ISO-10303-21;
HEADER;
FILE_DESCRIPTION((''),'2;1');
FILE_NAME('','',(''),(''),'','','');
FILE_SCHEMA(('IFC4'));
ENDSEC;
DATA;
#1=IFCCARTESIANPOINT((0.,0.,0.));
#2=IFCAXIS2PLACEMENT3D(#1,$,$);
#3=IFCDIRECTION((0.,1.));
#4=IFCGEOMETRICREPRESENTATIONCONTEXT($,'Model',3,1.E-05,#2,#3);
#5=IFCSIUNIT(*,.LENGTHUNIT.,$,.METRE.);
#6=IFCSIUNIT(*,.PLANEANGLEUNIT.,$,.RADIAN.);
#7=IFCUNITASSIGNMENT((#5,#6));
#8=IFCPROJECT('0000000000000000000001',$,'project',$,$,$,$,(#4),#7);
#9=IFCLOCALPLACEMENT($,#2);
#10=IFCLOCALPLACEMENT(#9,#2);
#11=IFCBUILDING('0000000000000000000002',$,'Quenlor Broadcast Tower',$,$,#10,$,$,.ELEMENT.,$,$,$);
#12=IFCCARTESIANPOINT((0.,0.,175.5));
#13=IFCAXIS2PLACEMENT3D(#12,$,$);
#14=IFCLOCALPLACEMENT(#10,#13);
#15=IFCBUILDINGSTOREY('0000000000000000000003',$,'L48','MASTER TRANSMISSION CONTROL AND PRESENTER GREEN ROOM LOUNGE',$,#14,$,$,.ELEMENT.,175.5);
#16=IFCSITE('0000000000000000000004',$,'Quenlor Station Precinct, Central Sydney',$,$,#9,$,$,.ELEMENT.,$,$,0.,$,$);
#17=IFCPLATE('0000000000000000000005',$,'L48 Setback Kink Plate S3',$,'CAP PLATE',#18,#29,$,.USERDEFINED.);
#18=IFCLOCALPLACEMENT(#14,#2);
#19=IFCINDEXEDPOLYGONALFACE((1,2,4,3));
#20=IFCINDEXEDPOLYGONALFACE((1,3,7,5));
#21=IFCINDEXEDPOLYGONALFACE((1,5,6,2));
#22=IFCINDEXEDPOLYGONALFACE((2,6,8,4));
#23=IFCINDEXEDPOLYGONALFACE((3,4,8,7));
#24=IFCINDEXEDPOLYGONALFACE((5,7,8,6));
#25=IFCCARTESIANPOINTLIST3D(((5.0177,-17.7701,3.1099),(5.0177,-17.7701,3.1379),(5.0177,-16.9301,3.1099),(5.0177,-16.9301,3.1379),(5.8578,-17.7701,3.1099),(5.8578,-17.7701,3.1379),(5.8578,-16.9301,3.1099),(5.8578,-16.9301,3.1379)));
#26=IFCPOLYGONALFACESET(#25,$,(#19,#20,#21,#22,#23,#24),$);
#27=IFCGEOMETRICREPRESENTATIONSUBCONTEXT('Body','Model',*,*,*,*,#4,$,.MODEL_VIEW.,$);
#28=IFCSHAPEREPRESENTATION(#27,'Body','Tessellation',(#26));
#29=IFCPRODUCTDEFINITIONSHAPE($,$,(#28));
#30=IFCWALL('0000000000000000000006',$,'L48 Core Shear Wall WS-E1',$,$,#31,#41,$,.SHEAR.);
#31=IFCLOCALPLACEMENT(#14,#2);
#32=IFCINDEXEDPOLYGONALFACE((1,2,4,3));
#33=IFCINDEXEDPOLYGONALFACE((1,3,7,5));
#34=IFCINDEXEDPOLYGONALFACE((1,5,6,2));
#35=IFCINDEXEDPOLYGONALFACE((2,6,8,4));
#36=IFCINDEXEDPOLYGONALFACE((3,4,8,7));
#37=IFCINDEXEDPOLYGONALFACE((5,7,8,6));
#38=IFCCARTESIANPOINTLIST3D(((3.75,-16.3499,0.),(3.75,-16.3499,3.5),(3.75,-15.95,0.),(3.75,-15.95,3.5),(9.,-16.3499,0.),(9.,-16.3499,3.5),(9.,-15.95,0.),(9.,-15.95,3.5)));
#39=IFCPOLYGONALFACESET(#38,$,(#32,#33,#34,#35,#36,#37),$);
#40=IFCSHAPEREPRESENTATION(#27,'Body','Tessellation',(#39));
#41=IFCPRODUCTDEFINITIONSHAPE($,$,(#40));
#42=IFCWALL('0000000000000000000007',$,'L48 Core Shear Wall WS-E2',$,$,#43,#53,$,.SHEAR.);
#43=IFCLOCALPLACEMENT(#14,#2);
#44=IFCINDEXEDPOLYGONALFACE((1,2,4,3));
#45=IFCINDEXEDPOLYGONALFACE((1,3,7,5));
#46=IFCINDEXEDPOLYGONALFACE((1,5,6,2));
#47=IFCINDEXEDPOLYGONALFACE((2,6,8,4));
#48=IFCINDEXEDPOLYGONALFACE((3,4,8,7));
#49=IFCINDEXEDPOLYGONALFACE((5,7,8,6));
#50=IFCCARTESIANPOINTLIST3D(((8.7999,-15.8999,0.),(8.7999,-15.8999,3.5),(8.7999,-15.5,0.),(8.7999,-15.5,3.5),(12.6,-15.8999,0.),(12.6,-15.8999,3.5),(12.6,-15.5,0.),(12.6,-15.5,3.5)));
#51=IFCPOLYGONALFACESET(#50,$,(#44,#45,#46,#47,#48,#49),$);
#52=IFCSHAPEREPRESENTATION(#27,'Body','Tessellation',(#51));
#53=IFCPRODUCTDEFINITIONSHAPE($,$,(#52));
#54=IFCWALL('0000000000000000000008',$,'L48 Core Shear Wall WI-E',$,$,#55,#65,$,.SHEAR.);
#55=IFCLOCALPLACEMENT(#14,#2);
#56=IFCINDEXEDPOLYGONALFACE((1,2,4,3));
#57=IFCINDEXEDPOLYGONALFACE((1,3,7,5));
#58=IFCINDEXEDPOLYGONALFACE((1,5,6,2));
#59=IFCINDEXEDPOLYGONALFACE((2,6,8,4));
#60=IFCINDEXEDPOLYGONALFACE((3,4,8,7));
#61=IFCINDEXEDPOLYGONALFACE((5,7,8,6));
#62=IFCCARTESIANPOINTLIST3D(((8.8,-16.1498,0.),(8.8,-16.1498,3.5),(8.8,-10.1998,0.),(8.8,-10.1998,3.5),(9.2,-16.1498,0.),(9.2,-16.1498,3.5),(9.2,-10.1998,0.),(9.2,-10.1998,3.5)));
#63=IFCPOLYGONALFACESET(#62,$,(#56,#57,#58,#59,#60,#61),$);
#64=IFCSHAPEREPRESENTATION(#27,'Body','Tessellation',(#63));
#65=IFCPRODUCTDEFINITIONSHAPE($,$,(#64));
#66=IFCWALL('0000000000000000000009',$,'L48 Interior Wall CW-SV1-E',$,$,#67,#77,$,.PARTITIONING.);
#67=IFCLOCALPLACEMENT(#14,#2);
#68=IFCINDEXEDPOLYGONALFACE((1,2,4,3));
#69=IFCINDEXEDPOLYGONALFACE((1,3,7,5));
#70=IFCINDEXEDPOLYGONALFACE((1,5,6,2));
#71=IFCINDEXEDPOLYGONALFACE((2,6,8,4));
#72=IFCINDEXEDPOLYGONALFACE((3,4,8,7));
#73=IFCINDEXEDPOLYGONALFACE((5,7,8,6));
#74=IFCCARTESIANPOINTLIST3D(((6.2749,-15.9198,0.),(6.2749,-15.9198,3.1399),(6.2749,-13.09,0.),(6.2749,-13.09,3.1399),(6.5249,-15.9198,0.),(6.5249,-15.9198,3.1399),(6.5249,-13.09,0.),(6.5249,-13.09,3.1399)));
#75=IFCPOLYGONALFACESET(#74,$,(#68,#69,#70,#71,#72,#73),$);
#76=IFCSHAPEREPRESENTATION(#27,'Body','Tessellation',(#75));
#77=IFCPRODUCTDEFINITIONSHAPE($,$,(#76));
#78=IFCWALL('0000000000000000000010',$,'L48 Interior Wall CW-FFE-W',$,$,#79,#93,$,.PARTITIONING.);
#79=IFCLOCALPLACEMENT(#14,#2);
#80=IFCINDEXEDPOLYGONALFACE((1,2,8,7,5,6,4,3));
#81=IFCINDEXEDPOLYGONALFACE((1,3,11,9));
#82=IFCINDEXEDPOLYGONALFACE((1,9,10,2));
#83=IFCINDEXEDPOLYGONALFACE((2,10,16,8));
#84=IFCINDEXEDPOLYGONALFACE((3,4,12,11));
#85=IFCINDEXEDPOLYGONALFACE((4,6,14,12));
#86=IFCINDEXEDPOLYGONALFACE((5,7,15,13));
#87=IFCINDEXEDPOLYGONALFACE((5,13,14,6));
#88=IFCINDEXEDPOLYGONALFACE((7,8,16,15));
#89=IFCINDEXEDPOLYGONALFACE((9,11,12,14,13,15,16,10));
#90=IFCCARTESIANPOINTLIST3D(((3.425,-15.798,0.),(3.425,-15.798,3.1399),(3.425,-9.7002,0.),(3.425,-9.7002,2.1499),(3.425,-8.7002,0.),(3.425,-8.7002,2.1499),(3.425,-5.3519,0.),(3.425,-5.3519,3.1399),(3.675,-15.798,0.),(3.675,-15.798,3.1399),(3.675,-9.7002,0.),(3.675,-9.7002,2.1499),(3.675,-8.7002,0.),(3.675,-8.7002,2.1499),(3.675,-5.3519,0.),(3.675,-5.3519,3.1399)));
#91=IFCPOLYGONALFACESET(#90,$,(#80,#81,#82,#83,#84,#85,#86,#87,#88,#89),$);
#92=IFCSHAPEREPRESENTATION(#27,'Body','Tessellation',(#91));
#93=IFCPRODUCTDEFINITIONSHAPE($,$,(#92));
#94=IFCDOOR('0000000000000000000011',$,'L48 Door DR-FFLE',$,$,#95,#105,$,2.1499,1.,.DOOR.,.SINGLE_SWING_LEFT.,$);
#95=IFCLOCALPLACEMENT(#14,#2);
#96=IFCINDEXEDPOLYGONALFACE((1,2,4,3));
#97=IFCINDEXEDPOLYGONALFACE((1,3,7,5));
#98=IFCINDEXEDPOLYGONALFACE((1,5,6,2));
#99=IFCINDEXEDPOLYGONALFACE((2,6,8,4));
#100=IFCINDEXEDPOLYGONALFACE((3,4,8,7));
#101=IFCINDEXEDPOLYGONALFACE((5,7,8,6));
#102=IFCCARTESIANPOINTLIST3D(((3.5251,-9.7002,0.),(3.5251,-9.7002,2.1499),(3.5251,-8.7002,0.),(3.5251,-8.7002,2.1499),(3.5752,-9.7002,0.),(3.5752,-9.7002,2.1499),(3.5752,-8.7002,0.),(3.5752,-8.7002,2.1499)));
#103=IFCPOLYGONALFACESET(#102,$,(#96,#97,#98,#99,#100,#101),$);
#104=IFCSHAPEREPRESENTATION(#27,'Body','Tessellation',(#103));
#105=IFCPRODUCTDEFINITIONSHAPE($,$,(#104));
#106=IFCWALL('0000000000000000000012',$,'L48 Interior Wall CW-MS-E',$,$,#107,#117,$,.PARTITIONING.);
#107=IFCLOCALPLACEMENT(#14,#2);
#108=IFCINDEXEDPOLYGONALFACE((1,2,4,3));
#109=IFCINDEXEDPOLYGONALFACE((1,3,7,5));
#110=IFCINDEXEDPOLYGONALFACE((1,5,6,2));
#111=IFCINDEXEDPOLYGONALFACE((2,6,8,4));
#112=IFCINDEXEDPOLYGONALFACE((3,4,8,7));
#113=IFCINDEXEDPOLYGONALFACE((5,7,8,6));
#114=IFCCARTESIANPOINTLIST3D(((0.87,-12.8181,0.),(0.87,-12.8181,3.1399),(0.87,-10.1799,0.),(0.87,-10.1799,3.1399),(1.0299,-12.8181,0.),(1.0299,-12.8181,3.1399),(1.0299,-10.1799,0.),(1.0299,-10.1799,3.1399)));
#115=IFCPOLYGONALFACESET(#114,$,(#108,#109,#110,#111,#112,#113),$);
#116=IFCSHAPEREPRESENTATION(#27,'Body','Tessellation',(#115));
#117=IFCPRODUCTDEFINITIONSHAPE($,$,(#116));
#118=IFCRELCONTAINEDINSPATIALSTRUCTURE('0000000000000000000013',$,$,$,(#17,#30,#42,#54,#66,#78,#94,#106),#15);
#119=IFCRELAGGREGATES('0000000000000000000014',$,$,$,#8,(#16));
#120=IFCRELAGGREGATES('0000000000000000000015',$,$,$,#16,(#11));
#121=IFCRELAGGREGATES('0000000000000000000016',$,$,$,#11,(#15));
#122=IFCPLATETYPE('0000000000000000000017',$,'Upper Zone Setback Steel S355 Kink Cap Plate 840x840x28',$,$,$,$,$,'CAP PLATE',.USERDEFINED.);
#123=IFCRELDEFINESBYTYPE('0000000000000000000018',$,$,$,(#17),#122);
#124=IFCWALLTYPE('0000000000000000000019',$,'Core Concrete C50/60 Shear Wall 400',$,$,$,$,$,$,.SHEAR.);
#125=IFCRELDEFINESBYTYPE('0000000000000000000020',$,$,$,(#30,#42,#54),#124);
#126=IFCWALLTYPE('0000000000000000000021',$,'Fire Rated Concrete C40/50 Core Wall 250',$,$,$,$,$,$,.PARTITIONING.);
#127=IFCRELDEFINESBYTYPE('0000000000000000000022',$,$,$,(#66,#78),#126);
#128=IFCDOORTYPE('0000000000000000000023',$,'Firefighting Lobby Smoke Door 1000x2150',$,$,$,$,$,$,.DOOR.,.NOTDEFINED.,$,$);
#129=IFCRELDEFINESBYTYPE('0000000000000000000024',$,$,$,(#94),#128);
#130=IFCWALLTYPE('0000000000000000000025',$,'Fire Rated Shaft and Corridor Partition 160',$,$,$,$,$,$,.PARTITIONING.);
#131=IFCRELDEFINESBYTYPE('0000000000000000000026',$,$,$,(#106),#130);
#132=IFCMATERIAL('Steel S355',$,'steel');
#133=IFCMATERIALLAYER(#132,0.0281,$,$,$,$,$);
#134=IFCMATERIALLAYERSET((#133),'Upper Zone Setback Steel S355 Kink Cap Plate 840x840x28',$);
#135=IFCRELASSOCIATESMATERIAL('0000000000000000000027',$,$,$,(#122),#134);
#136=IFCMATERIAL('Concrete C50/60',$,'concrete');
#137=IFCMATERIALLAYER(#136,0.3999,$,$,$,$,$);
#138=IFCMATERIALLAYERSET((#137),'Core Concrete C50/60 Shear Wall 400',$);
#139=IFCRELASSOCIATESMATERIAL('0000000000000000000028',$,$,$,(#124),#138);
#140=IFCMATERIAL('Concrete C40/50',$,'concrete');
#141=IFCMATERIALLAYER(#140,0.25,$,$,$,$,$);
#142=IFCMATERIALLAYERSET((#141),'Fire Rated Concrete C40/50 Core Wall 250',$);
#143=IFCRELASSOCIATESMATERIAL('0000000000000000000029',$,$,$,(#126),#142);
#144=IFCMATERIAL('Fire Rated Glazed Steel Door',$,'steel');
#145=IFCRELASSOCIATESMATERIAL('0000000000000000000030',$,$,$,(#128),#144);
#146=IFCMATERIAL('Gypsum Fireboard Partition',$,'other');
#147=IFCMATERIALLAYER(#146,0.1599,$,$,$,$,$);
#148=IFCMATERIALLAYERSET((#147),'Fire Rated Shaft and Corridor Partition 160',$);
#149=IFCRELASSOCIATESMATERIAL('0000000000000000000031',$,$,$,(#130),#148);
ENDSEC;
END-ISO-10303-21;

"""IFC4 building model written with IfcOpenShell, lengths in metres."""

from ifc_helpers import new_model, si_unit, direction, frame, frame_2d, origin, origin_2d, place, context, subcontext, project, spatial, rectangle, extrude, material, layer, layer_set, type_object, element, fill, save


model = new_model("IFC4")

# Units and contexts
model_context = context("Model", 3, precision=1e-05, world=origin(), true_north=direction((0.0, 1.0)))
body_context = subcontext(model_context, "Body", "Model", "MODEL_VIEW")
ifc_project = project(units=[si_unit("LENGTHUNIT", "METRE"), si_unit("PLANEANGLEUNIT", "RADIAN")], contexts=[model_context])

# Site, building, storey
site_placement = place(None, origin())
site = spatial("IfcSite", under=ifc_project, at=site_placement, Name="Quenlor Station Precinct, Central Sydney", CompositionType="ELEMENT", RefElevation=0.0)
building_placement = place(site_placement, origin())
building = spatial("IfcBuilding", under=site, at=building_placement, Name="Quenlor Broadcast Tower", CompositionType="ELEMENT")
storey_placement = place(building_placement, frame((0.0, 0.0, 175.5)))
storey = spatial("IfcBuildingStorey", under=building, at=storey_placement, Name="L48", Description="MASTER TRANSMISSION CONTROL AND PRESENTER GREEN ROOM LOUNGE", CompositionType="ELEMENT", Elevation=175.5)

# Plate
ifc_material_1 = material(Name="Steel S355", Category="steel")
ifc_layer_1 = layer(ifc_material_1, 0.0281)
ifc_layer_set_1 = layer_set([ifc_layer_1], Name="Upper Zone Setback Steel S355 Kink Cap Plate 840x840x28")
plate_type = type_object("IfcPlateType", Name="Upper Zone Setback Steel S355 Kink Cap Plate 840x840x28", ElementType="CAP PLATE", PredefinedType="USERDEFINED", material=ifc_layer_set_1)
plate_placement = place(storey_placement, frame((5.4377, -17.3501, 3.1099), z_axis=(0.0, 0.0, 1.0), x_axis=(0.0, 1.0, 0.0)))
element("IfcPlate", 1, at=plate_placement, inside=storey, type_object=plate_type, Name="L48 Setback Kink Plate S3", ObjectType="CAP PLATE", PredefinedType="USERDEFINED", context=body_context, shape_type="SweptSolid", body=[
    extrude(rectangle(XDim=0.8401, YDim=0.8401, at=origin_2d()), origin(), (0.0, 0.0, 1.0), 0.0281),
])

# Walls
ifc_material_2 = material(Name="Concrete C50/60", Category="concrete")
ifc_layer_2 = layer(ifc_material_2, 0.3999)
ifc_layer_set_2 = layer_set([ifc_layer_2], Name="Core Concrete C50/60 Shear Wall 400")
wall_type_1 = type_object("IfcWallType", Name="Core Concrete C50/60 Shear Wall 400", PredefinedType="SHEAR", material=ifc_layer_set_2)
wall_1_placement = place(storey_placement, frame((3.75, -16.1499, 0.0), z_axis=(0.0, 0.0, 1.0), x_axis=(1.0, 0.0, 0.0)))
element("IfcWall", 2, at=wall_1_placement, inside=storey, type_object=wall_type_1, Name="L48 Core Shear Wall WS-E1", PredefinedType="SHEAR", context=body_context, shape_type="SweptSolid", body=[
    extrude(rectangle(XDim=5.25, YDim=0.3999, at=frame_2d((2.625, 0.0))), origin(), (0.0, 0.0, 1.0), 3.5),
])
wall_2_placement = place(storey_placement, frame((8.8, -15.7, 0.0), z_axis=(0.0, 0.0, 1.0), x_axis=(1.0, 0.0, 0.0)))
element("IfcWall", 3, at=wall_2_placement, inside=storey, type_object=wall_type_1, Name="L48 Core Shear Wall WS-E2", PredefinedType="SHEAR", context=body_context, shape_type="SweptSolid", body=[
    extrude(rectangle(XDim=3.8, YDim=0.3999, at=frame_2d((1.8999, 0.0))), origin(), (0.0, 0.0, 1.0), 3.5),
])
wall_3_placement = place(storey_placement, frame((9.0, -16.1499, 0.0), z_axis=(0.0, 0.0, 1.0), x_axis=(0.0, 1.0, 0.0)))
element("IfcWall", 4, at=wall_3_placement, inside=storey, type_object=wall_type_1, Name="L48 Core Shear Wall WI-E", PredefinedType="SHEAR", context=body_context, shape_type="SweptSolid", body=[
    extrude(rectangle(XDim=5.95, YDim=0.3999, at=frame_2d((2.9751, 0.0))), origin(), (0.0, 0.0, 1.0), 3.5),
])

# Shared definitions
ifc_material_3 = material(Name="Concrete C40/50", Category="concrete")
ifc_layer_3 = layer(ifc_material_3, 0.25)
ifc_layer_set_3 = layer_set([ifc_layer_3], Name="Fire Rated Concrete C40/50 Core Wall 250")
wall_type_2 = type_object("IfcWallType", Name="Fire Rated Concrete C40/50 Core Wall 250", PredefinedType="PARTITIONING", material=ifc_layer_set_3)

# Wall
wall_4_placement = place(storey_placement, frame((6.3999, -15.9199, 0.0), z_axis=(0.0, 0.0, 1.0), x_axis=(0.0, 1.0, 0.0)))
element("IfcWall", 5, at=wall_4_placement, inside=storey, type_object=wall_type_2, Name="L48 Interior Wall CW-SV1-E", PredefinedType="PARTITIONING", context=body_context, shape_type="SweptSolid", body=[
    extrude(rectangle(XDim=2.8298, YDim=0.25, at=frame_2d((1.415, 0.0))), origin(), (0.0, 0.0, 1.0), 3.1399),
])

# Wall, opening, door
wall_5_placement = place(storey_placement, frame((3.55, -15.7981, 0.0), z_axis=(0.0, 0.0, 1.0), x_axis=(0.0, 1.0, 0.0)))
wall_5 = element("IfcWall", 6, at=wall_5_placement, inside=storey, type_object=wall_type_2, Name="L48 Interior Wall CW-FFE-W", PredefinedType="PARTITIONING", context=body_context, shape_type="SweptSolid", body=[
    extrude(rectangle(XDim=10.446, YDim=0.25, at=frame_2d((5.2231, 0.0))), origin(), (0.0, 0.0, 1.0), 3.1399),
])
opening_1_placement = place(wall_5_placement, frame((6.0979, 0.0, 0.0)))
opening_1 = element("IfcOpeningElement", 7, at=opening_1_placement, cuts=wall_5, PredefinedType="OPENING", context=body_context, shape_type="SweptSolid", body=[
    extrude(rectangle(XDim=1.0, YDim=2.1499, at=frame_2d((0.5, 1.075))), frame((0.0, 0.135, 0.0), z_axis=(0.0, -1.0, 0.0), x_axis=(1.0, 0.0, 0.0)), (0.0, 0.0, 1.0), 0.27),
])
ifc_material_4 = material(Name="Fire Rated Glazed Steel Door", Category="steel")
door_type_1 = type_object("IfcDoorType", Name="Firefighting Lobby Smoke Door 1000x2150", OperationType="NOTDEFINED", PredefinedType="DOOR", material=ifc_material_4)
door_1_placement = place(opening_1_placement, origin())
door_1 = element("IfcDoor", 8, at=door_1_placement, inside=storey, type_object=door_type_1, Name="L48 Door DR-FFLE", OperationType="SINGLE_SWING_LEFT", OverallHeight=2.1499, OverallWidth=1.0, PredefinedType="DOOR", context=body_context, shape_type="SweptSolid", body=[
    extrude(rectangle(XDim=1.0, YDim=2.1499, at=frame_2d((0.5, 1.075))), frame((0.0, 0.0249, 0.0), z_axis=(0.0, -1.0, 0.0), x_axis=(1.0, 0.0, 0.0)), (0.0, 0.0, 1.0), 0.05),
])
fill(opening_1, door_1)

# Wall
ifc_material_5 = material(Name="Gypsum Fireboard Partition", Category="other")
ifc_layer_4 = layer(ifc_material_5, 0.1599)
ifc_layer_set_4 = layer_set([ifc_layer_4], Name="Fire Rated Shaft and Corridor Partition 160")
wall_type_3 = type_object("IfcWallType", Name="Fire Rated Shaft and Corridor Partition 160", PredefinedType="PARTITIONING", material=ifc_layer_set_4)
wall_6_placement = place(storey_placement, frame((0.95, -12.8181, 0.0), z_axis=(0.0, 0.0, 1.0), x_axis=(0.0, 1.0, 0.0)))
element("IfcWall", 9, at=wall_6_placement, inside=storey, type_object=wall_type_3, Name="L48 Interior Wall CW-MS-E", PredefinedType="PARTITIONING", context=body_context, shape_type="SweptSolid", body=[
    extrude(rectangle(XDim=2.6382, YDim=0.1599, at=frame_2d((1.3191, 0.0))), origin(), (0.0, 0.0, 1.0), 3.1399),
])

save(model, "model.ifc")
